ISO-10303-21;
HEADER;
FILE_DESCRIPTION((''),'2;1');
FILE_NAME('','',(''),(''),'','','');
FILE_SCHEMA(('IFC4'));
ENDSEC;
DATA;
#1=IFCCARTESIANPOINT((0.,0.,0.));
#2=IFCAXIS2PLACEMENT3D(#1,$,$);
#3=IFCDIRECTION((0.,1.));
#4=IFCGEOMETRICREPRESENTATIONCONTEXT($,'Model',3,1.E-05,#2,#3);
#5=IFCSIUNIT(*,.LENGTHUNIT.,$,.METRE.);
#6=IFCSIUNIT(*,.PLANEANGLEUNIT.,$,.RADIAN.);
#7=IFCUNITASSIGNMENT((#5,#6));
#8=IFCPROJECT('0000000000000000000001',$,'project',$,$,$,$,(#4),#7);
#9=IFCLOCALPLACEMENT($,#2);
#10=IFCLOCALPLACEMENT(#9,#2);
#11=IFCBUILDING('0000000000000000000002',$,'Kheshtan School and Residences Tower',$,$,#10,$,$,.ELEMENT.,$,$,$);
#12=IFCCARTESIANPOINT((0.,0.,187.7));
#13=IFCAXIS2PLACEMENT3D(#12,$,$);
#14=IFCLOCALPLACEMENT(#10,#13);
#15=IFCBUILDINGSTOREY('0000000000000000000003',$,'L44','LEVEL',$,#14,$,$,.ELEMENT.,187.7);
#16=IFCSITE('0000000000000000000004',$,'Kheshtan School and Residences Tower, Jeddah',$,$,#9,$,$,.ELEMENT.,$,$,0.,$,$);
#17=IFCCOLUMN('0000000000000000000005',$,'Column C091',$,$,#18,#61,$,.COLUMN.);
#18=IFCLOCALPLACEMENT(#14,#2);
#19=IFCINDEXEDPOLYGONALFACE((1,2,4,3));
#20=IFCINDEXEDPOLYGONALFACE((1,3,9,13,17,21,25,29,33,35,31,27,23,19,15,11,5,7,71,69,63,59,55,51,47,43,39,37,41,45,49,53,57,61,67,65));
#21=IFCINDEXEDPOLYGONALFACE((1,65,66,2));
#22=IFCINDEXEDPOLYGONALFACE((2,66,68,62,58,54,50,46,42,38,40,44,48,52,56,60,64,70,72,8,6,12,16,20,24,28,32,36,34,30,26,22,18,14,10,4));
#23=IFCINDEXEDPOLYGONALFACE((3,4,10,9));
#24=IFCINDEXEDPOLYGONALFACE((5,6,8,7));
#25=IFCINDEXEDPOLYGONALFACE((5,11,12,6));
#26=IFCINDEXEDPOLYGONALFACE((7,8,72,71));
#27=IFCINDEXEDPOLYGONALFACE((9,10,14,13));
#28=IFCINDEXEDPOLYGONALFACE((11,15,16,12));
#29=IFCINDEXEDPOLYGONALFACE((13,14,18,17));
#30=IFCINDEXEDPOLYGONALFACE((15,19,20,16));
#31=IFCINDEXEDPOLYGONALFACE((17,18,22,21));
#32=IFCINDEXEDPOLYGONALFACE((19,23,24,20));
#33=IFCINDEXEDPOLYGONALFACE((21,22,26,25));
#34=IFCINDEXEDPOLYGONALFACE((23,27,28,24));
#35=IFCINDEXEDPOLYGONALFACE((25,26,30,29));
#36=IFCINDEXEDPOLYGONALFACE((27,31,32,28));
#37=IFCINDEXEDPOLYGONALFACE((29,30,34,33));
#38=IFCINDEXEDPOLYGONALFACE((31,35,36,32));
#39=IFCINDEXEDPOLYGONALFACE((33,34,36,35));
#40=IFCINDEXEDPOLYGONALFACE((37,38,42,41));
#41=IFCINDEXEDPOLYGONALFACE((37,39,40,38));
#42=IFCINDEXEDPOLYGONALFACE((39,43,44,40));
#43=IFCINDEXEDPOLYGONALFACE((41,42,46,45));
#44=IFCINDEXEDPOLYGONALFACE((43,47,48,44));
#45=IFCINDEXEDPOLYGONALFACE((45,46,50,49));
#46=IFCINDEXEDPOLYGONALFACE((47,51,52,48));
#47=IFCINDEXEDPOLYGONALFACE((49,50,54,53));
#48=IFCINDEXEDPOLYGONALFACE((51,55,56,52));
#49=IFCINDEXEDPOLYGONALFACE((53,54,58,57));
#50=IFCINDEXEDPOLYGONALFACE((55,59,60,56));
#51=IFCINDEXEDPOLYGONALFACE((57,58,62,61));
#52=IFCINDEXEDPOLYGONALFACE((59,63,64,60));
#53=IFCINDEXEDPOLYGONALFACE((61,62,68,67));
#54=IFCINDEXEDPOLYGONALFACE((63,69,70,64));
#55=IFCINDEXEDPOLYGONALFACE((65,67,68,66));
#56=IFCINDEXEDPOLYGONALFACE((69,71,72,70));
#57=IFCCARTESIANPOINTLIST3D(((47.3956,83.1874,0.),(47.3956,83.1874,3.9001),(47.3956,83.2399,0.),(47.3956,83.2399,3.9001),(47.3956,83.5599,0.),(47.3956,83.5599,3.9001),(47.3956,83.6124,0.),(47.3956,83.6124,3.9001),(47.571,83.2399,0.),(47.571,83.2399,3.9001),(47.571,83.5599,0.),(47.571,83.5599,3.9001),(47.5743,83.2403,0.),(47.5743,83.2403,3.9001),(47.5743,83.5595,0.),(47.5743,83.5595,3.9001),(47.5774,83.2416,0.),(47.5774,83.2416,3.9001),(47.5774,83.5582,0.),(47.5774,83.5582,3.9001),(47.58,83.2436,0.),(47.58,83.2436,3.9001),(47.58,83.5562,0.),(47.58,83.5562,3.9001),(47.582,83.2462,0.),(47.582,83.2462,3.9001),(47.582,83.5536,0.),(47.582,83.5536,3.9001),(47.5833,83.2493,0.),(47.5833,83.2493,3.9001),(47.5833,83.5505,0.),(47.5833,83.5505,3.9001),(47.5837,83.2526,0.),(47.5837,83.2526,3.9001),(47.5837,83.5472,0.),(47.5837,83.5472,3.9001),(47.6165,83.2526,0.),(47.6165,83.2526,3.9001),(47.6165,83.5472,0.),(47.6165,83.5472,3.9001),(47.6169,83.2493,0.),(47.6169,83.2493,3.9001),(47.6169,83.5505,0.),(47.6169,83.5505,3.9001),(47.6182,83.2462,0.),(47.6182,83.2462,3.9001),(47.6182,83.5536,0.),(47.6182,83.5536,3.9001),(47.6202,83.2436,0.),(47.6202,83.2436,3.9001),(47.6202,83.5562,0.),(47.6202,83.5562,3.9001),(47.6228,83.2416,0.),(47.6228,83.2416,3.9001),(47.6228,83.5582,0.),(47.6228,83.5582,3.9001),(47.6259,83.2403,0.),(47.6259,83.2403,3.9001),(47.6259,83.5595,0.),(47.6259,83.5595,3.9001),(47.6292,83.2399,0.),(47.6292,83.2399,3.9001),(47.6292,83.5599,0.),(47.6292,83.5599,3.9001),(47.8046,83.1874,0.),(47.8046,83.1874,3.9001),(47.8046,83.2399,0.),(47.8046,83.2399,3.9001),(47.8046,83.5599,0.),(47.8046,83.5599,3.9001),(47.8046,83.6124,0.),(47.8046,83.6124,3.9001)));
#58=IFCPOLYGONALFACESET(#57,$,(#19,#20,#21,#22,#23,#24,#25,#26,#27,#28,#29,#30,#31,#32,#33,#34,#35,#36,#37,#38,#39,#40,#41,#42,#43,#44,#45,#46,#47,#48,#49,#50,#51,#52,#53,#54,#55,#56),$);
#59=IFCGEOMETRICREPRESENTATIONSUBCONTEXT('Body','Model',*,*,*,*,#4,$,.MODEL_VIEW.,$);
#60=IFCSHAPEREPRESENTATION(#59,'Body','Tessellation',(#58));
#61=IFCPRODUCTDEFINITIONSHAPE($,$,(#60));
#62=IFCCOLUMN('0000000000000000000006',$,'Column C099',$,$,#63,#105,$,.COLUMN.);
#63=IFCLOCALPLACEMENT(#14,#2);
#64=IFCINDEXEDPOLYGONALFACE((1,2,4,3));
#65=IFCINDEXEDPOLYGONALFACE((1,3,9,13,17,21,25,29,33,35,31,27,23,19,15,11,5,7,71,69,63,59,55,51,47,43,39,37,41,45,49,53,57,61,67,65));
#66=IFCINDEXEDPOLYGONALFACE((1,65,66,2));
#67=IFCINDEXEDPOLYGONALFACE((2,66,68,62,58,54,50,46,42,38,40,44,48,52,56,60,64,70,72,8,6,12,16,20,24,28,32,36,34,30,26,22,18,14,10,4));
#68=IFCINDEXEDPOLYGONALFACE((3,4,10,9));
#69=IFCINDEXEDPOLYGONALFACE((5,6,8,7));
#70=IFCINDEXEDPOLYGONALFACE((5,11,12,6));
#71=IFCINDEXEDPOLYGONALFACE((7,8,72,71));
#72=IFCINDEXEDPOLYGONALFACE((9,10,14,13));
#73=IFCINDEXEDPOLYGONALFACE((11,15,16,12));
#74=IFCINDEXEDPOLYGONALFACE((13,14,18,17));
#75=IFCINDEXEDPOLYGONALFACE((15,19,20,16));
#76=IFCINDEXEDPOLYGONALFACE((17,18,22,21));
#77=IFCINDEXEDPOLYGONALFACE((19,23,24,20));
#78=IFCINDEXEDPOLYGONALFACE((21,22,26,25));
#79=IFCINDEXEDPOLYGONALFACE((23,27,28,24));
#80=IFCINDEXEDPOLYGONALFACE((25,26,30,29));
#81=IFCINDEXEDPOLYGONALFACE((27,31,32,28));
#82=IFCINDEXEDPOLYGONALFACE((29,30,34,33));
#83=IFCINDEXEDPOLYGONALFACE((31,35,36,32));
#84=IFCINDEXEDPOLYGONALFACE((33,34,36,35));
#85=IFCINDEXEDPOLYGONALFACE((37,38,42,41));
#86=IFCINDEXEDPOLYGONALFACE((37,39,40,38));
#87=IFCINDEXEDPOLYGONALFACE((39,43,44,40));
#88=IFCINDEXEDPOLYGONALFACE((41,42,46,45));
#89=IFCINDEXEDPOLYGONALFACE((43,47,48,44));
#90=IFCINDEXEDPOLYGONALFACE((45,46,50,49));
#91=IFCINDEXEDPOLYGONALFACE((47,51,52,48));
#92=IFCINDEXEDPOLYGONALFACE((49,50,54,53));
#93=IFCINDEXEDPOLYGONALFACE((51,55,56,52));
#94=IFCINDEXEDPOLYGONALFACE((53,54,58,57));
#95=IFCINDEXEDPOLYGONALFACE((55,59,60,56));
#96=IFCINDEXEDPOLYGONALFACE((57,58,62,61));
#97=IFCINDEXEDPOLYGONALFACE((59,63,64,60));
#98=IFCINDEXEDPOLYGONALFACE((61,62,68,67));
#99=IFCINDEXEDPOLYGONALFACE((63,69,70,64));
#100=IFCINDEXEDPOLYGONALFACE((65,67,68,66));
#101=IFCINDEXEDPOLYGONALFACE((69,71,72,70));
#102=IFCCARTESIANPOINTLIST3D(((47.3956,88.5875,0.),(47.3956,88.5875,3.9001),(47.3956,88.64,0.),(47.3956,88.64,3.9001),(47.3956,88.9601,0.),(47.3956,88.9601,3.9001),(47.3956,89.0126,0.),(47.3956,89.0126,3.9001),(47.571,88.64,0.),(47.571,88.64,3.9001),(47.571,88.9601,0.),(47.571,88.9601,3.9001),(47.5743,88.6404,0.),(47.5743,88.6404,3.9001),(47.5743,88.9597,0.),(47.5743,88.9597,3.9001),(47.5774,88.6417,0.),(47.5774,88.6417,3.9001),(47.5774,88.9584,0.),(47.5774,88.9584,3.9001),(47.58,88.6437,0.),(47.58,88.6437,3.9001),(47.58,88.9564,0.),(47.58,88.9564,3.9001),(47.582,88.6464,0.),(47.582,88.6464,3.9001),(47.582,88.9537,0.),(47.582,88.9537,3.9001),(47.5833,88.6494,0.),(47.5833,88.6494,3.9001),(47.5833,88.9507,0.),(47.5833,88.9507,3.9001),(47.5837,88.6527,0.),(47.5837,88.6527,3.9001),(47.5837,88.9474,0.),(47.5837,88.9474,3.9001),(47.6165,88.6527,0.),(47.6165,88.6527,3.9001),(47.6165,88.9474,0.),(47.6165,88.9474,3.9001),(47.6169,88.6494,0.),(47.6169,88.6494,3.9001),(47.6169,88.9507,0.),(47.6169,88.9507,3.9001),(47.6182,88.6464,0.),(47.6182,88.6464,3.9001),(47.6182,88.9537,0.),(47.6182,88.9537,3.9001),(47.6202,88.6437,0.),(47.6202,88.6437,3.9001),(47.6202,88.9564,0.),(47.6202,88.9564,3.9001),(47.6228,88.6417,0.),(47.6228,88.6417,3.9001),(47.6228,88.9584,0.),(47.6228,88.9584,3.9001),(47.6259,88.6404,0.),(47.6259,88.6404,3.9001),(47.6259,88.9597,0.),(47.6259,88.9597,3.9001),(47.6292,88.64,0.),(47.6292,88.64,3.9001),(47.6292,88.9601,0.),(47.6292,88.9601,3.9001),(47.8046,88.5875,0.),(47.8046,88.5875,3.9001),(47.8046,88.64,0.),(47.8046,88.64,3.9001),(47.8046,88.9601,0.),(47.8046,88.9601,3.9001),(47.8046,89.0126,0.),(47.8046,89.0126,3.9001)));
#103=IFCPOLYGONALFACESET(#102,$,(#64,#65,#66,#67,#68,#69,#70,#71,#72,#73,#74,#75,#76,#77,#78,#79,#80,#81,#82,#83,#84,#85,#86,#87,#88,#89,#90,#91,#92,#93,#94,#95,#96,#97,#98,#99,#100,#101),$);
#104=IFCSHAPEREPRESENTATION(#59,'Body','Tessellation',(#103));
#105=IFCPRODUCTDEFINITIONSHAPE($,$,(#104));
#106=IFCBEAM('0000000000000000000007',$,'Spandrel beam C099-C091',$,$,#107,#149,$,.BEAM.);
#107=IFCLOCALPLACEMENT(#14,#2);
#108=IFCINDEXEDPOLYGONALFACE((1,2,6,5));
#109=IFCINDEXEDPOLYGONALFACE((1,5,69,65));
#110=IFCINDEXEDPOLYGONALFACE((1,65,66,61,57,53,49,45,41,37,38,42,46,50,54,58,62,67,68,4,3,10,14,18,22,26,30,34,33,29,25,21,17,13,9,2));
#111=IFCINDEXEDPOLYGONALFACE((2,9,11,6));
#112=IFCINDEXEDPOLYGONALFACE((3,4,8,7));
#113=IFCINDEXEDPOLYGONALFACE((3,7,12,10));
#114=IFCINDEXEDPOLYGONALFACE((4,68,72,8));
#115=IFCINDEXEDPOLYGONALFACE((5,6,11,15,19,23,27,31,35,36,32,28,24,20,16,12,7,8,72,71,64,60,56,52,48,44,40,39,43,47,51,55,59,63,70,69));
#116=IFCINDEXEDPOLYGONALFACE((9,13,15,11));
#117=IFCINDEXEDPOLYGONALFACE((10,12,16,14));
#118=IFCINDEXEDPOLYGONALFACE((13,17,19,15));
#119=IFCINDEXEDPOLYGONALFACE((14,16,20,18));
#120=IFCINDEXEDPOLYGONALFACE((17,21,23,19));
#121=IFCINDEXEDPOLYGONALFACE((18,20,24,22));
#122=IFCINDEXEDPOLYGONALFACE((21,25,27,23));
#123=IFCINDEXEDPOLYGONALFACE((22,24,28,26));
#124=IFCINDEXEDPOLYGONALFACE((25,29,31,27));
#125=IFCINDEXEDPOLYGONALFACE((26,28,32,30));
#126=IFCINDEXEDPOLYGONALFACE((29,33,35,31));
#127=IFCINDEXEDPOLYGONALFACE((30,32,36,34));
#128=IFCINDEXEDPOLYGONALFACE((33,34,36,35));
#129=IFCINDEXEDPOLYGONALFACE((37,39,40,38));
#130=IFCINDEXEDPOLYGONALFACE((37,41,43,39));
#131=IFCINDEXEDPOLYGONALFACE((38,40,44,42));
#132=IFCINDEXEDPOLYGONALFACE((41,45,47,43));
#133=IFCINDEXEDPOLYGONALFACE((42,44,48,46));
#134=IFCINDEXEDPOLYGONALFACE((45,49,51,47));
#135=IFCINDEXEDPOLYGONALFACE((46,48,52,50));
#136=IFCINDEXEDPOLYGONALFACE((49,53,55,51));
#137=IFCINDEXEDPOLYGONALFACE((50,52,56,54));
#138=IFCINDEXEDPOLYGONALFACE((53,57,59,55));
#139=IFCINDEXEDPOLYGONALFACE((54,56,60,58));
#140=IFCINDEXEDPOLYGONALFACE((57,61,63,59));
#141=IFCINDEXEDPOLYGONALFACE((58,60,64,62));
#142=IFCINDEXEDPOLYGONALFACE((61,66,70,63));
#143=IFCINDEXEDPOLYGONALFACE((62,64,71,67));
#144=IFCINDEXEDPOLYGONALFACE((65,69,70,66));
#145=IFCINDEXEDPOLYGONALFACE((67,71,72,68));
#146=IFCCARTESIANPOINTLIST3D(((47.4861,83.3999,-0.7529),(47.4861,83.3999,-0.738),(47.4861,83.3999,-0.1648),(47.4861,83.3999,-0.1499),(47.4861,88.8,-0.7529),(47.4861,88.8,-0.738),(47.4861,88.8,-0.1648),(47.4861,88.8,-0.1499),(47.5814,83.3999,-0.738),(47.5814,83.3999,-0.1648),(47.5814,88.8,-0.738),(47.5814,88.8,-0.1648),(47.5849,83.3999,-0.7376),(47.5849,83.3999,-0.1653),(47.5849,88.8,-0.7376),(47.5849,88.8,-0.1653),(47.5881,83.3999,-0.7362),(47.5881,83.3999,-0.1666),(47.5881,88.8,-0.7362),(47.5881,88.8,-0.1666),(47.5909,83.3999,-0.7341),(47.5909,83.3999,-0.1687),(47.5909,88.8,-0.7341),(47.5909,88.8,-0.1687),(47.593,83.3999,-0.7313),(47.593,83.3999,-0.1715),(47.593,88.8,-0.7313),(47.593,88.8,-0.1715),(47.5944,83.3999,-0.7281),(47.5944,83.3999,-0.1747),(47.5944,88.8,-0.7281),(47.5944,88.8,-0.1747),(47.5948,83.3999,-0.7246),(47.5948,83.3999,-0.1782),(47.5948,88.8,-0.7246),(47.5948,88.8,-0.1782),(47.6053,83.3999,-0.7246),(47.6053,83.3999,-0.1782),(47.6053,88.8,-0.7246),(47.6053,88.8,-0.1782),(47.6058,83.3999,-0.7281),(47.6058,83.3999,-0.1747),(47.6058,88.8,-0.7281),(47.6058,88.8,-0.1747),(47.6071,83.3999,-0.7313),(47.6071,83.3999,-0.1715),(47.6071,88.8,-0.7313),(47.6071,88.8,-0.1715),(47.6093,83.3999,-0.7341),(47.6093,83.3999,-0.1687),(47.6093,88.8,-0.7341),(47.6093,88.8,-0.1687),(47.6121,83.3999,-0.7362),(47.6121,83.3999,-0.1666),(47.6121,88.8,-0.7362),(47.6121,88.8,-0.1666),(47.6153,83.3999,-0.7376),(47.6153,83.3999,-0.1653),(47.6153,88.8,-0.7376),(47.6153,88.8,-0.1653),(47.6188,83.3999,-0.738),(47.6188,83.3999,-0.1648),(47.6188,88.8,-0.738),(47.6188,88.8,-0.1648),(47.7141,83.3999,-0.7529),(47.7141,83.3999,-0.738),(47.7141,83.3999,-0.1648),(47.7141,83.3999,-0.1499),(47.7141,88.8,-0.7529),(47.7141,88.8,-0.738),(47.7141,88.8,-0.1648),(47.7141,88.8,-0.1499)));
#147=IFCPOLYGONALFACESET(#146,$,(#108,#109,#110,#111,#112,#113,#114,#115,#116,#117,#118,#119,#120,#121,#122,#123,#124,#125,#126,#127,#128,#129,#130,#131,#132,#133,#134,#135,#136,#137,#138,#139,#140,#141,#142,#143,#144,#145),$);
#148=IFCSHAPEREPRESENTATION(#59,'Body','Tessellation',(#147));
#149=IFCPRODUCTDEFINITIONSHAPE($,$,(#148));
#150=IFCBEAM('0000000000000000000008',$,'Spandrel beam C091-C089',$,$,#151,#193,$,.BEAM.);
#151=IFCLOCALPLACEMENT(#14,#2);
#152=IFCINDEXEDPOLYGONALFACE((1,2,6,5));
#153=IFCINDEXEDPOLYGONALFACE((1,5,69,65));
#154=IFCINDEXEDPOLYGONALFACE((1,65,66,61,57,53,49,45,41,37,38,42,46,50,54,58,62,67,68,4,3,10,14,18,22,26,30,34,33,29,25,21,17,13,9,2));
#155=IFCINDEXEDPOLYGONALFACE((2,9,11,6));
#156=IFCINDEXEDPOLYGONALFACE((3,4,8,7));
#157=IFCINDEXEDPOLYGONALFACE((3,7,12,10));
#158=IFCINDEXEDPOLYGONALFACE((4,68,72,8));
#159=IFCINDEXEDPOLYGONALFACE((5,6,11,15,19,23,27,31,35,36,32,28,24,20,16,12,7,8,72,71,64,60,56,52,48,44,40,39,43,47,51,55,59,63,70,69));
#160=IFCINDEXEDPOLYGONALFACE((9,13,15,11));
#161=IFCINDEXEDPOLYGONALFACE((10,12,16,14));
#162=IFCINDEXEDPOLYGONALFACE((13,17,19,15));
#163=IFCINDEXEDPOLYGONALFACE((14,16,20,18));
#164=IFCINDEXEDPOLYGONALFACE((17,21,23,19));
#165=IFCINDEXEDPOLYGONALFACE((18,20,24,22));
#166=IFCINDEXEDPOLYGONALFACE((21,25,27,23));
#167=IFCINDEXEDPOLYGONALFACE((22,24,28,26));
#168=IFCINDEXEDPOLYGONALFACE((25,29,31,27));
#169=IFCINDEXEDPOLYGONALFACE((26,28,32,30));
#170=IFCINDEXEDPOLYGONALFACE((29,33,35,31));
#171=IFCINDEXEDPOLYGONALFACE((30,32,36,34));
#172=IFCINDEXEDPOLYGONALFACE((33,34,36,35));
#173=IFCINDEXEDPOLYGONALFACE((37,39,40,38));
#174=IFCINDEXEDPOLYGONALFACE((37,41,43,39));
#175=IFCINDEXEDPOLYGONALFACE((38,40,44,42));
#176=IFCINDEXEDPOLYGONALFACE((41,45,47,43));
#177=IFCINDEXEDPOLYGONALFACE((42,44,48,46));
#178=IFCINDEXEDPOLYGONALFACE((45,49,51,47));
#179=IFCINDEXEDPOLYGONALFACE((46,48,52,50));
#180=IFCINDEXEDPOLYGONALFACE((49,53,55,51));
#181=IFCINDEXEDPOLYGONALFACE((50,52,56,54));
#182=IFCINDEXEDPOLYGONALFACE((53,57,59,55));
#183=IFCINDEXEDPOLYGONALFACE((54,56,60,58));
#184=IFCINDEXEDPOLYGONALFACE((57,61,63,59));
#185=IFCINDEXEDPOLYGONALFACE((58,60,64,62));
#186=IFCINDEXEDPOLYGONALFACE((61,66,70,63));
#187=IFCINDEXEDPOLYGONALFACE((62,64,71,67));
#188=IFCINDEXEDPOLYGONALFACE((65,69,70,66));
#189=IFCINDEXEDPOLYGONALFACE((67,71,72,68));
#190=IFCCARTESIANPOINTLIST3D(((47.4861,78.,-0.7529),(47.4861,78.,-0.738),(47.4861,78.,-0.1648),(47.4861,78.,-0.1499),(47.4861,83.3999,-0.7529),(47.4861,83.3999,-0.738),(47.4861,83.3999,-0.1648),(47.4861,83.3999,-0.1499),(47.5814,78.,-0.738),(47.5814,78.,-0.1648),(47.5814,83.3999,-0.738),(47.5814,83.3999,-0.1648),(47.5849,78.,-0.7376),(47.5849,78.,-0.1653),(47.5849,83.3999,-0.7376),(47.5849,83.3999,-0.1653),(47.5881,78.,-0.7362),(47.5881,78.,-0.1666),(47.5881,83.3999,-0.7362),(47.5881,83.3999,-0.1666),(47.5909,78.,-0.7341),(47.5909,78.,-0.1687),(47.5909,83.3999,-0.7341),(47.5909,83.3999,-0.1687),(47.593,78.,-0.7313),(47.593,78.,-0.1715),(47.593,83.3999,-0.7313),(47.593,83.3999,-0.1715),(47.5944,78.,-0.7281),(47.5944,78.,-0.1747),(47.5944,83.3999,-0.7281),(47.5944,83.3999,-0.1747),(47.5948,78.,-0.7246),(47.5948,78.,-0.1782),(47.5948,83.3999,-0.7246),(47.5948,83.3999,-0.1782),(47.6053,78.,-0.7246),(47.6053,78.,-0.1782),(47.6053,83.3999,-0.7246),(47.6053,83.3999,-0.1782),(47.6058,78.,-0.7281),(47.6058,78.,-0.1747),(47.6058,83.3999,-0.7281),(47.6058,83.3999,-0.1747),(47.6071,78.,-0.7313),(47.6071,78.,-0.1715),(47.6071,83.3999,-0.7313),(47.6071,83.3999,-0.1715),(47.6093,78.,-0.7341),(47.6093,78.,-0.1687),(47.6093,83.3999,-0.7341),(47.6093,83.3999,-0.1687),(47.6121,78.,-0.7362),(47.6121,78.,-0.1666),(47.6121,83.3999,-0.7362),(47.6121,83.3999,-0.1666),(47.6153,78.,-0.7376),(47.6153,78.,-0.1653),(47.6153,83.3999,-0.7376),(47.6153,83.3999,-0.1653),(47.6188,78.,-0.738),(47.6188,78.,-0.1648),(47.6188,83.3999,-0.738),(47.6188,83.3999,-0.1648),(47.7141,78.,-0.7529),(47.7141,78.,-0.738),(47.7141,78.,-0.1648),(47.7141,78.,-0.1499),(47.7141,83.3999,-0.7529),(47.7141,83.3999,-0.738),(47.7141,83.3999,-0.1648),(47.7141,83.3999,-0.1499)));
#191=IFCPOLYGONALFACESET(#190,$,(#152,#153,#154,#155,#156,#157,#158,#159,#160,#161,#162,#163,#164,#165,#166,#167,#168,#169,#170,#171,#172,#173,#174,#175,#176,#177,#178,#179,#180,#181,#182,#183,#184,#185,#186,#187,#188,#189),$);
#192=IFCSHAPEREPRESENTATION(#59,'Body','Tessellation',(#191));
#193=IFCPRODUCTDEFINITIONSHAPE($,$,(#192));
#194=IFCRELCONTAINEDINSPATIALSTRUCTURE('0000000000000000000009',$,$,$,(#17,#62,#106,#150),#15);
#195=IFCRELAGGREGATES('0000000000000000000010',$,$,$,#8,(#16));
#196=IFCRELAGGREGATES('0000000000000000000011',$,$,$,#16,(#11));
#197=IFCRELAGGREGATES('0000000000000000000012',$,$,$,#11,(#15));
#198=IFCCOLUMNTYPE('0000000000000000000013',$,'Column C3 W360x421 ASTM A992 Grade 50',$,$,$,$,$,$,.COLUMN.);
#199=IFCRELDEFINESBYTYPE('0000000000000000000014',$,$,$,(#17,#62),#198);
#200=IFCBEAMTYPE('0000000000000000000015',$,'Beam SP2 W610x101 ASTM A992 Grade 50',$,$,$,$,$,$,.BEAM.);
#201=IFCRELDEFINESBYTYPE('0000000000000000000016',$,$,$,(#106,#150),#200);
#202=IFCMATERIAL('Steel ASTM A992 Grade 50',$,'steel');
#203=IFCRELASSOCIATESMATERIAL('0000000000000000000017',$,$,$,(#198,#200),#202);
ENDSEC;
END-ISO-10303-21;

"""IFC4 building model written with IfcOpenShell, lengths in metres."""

from ifc_helpers import new_model, si_unit, direction, frame, origin, origin_2d, place, context, subcontext, project, spatial, i_section, extrude, material, material_profile, profile_set, type_object, element, save


model = new_model("IFC4")

# Units and contexts
model_context = context("Model", 3, precision=1e-05, world=origin(), true_north=direction((0.0, 1.0)))
body_context = subcontext(model_context, "Body", "Model", "MODEL_VIEW")
ifc_project = project(units=[si_unit("LENGTHUNIT", "METRE"), si_unit("PLANEANGLEUNIT", "RADIAN")], contexts=[model_context])

# Site, building, storey
site_placement = place(None, origin())
site = spatial("IfcSite", under=ifc_project, at=site_placement, Name="Kheshtan School and Residences Tower, Jeddah", CompositionType="ELEMENT", RefElevation=0.0)
building_placement = place(site_placement, origin())
building = spatial("IfcBuilding", under=site, at=building_placement, Name="Kheshtan School and Residences Tower", CompositionType="ELEMENT")
storey_placement = place(building_placement, frame((0.0, 0.0, 187.7)))
storey = spatial("IfcBuildingStorey", under=building, at=storey_placement, Name="L44", Description="LEVEL", CompositionType="ELEMENT", Elevation=187.7)

# Columns
ifc_material_1 = material(Name="Steel ASTM A992 Grade 50", Category="steel")
ifc_material_profile_1 = material_profile(ifc_material_1, i_section(OverallWidth=0.4089, OverallDepth=0.425, WebThickness=0.0327, FlangeThickness=0.0525, FilletRadius=0.0127, at=origin_2d()), Name="W360x421")
ifc_profile_set_1 = profile_set([ifc_material_profile_1], Name="Steel ASTM A992 Grade 50")
column_type = type_object("IfcColumnType", Name="Column C3 W360x421 ASTM A992 Grade 50", PredefinedType="COLUMN", material=ifc_profile_set_1)
for number, where, z_axis, x_axis, name in (
    (1, (47.6001, 83.3999, 0.0), (0.0, 0.0, 1.0), (1.0, 0.0, 0.0), "Column C091"),
    (2, (47.6001, 88.8, 0.0), (0.0, 0.0, 1.0), (1.0, 0.0, 0.0), "Column C099"),
):
    element("IfcColumn", number, at=place(storey_placement, frame(where, z_axis=z_axis, x_axis=x_axis)), inside=storey, type_object=column_type, Name=name, PredefinedType="COLUMN", context=body_context, shape_type="SweptSolid", body=[
        extrude(i_section(OverallWidth=0.4089, OverallDepth=0.425, WebThickness=0.0327, FlangeThickness=0.0525, FilletRadius=0.0127, at=origin_2d()), origin(), (0.0, 0.0, 1.0), 3.9001),
    ])

# Beams
ifc_material_profile_2 = material_profile(ifc_material_1, i_section(OverallWidth=0.228, OverallDepth=0.603, WebThickness=0.0105, FlangeThickness=0.0149, FilletRadius=0.0134, at=origin_2d()), Name="W610x101")
ifc_profile_set_2 = profile_set([ifc_material_profile_2], Name="Steel ASTM A992 Grade 50")
beam_type = type_object("IfcBeamType", Name="Beam SP2 W610x101 ASTM A992 Grade 50", PredefinedType="BEAM", material=ifc_profile_set_2)
beam_1_placement = place(storey_placement, frame((47.6001, 88.8, -0.4514), z_axis=(0.0, -1.0, 0.0), x_axis=(1.0, 0.0, 0.0)))
element("IfcBeam", 3, at=beam_1_placement, inside=storey, type_object=beam_type, Name="Spandrel beam C099-C091", PredefinedType="BEAM", context=body_context, shape_type="SweptSolid", body=[
    extrude(i_section(OverallWidth=0.228, OverallDepth=0.603, WebThickness=0.0105, FlangeThickness=0.0149, FilletRadius=0.0134, at=origin_2d()), origin(), (0.0, 0.0, 1.0), 5.4001),
])
beam_2_placement = place(storey_placement, frame((47.6001, 83.3999, -0.4514), z_axis=(0.0, -1.0, 0.0), x_axis=(1.0, 0.0, 0.0)))
element("IfcBeam", 4, at=beam_2_placement, inside=storey, type_object=beam_type, Name="Spandrel beam C091-C089", PredefinedType="BEAM", context=body_context, shape_type="SweptSolid", body=[
    extrude(i_section(OverallWidth=0.228, OverallDepth=0.603, WebThickness=0.0105, FlangeThickness=0.0149, FilletRadius=0.0134, at=origin_2d()), origin(), (0.0, 0.0, 1.0), 5.3999),
])

save(model, "model.ifc")
